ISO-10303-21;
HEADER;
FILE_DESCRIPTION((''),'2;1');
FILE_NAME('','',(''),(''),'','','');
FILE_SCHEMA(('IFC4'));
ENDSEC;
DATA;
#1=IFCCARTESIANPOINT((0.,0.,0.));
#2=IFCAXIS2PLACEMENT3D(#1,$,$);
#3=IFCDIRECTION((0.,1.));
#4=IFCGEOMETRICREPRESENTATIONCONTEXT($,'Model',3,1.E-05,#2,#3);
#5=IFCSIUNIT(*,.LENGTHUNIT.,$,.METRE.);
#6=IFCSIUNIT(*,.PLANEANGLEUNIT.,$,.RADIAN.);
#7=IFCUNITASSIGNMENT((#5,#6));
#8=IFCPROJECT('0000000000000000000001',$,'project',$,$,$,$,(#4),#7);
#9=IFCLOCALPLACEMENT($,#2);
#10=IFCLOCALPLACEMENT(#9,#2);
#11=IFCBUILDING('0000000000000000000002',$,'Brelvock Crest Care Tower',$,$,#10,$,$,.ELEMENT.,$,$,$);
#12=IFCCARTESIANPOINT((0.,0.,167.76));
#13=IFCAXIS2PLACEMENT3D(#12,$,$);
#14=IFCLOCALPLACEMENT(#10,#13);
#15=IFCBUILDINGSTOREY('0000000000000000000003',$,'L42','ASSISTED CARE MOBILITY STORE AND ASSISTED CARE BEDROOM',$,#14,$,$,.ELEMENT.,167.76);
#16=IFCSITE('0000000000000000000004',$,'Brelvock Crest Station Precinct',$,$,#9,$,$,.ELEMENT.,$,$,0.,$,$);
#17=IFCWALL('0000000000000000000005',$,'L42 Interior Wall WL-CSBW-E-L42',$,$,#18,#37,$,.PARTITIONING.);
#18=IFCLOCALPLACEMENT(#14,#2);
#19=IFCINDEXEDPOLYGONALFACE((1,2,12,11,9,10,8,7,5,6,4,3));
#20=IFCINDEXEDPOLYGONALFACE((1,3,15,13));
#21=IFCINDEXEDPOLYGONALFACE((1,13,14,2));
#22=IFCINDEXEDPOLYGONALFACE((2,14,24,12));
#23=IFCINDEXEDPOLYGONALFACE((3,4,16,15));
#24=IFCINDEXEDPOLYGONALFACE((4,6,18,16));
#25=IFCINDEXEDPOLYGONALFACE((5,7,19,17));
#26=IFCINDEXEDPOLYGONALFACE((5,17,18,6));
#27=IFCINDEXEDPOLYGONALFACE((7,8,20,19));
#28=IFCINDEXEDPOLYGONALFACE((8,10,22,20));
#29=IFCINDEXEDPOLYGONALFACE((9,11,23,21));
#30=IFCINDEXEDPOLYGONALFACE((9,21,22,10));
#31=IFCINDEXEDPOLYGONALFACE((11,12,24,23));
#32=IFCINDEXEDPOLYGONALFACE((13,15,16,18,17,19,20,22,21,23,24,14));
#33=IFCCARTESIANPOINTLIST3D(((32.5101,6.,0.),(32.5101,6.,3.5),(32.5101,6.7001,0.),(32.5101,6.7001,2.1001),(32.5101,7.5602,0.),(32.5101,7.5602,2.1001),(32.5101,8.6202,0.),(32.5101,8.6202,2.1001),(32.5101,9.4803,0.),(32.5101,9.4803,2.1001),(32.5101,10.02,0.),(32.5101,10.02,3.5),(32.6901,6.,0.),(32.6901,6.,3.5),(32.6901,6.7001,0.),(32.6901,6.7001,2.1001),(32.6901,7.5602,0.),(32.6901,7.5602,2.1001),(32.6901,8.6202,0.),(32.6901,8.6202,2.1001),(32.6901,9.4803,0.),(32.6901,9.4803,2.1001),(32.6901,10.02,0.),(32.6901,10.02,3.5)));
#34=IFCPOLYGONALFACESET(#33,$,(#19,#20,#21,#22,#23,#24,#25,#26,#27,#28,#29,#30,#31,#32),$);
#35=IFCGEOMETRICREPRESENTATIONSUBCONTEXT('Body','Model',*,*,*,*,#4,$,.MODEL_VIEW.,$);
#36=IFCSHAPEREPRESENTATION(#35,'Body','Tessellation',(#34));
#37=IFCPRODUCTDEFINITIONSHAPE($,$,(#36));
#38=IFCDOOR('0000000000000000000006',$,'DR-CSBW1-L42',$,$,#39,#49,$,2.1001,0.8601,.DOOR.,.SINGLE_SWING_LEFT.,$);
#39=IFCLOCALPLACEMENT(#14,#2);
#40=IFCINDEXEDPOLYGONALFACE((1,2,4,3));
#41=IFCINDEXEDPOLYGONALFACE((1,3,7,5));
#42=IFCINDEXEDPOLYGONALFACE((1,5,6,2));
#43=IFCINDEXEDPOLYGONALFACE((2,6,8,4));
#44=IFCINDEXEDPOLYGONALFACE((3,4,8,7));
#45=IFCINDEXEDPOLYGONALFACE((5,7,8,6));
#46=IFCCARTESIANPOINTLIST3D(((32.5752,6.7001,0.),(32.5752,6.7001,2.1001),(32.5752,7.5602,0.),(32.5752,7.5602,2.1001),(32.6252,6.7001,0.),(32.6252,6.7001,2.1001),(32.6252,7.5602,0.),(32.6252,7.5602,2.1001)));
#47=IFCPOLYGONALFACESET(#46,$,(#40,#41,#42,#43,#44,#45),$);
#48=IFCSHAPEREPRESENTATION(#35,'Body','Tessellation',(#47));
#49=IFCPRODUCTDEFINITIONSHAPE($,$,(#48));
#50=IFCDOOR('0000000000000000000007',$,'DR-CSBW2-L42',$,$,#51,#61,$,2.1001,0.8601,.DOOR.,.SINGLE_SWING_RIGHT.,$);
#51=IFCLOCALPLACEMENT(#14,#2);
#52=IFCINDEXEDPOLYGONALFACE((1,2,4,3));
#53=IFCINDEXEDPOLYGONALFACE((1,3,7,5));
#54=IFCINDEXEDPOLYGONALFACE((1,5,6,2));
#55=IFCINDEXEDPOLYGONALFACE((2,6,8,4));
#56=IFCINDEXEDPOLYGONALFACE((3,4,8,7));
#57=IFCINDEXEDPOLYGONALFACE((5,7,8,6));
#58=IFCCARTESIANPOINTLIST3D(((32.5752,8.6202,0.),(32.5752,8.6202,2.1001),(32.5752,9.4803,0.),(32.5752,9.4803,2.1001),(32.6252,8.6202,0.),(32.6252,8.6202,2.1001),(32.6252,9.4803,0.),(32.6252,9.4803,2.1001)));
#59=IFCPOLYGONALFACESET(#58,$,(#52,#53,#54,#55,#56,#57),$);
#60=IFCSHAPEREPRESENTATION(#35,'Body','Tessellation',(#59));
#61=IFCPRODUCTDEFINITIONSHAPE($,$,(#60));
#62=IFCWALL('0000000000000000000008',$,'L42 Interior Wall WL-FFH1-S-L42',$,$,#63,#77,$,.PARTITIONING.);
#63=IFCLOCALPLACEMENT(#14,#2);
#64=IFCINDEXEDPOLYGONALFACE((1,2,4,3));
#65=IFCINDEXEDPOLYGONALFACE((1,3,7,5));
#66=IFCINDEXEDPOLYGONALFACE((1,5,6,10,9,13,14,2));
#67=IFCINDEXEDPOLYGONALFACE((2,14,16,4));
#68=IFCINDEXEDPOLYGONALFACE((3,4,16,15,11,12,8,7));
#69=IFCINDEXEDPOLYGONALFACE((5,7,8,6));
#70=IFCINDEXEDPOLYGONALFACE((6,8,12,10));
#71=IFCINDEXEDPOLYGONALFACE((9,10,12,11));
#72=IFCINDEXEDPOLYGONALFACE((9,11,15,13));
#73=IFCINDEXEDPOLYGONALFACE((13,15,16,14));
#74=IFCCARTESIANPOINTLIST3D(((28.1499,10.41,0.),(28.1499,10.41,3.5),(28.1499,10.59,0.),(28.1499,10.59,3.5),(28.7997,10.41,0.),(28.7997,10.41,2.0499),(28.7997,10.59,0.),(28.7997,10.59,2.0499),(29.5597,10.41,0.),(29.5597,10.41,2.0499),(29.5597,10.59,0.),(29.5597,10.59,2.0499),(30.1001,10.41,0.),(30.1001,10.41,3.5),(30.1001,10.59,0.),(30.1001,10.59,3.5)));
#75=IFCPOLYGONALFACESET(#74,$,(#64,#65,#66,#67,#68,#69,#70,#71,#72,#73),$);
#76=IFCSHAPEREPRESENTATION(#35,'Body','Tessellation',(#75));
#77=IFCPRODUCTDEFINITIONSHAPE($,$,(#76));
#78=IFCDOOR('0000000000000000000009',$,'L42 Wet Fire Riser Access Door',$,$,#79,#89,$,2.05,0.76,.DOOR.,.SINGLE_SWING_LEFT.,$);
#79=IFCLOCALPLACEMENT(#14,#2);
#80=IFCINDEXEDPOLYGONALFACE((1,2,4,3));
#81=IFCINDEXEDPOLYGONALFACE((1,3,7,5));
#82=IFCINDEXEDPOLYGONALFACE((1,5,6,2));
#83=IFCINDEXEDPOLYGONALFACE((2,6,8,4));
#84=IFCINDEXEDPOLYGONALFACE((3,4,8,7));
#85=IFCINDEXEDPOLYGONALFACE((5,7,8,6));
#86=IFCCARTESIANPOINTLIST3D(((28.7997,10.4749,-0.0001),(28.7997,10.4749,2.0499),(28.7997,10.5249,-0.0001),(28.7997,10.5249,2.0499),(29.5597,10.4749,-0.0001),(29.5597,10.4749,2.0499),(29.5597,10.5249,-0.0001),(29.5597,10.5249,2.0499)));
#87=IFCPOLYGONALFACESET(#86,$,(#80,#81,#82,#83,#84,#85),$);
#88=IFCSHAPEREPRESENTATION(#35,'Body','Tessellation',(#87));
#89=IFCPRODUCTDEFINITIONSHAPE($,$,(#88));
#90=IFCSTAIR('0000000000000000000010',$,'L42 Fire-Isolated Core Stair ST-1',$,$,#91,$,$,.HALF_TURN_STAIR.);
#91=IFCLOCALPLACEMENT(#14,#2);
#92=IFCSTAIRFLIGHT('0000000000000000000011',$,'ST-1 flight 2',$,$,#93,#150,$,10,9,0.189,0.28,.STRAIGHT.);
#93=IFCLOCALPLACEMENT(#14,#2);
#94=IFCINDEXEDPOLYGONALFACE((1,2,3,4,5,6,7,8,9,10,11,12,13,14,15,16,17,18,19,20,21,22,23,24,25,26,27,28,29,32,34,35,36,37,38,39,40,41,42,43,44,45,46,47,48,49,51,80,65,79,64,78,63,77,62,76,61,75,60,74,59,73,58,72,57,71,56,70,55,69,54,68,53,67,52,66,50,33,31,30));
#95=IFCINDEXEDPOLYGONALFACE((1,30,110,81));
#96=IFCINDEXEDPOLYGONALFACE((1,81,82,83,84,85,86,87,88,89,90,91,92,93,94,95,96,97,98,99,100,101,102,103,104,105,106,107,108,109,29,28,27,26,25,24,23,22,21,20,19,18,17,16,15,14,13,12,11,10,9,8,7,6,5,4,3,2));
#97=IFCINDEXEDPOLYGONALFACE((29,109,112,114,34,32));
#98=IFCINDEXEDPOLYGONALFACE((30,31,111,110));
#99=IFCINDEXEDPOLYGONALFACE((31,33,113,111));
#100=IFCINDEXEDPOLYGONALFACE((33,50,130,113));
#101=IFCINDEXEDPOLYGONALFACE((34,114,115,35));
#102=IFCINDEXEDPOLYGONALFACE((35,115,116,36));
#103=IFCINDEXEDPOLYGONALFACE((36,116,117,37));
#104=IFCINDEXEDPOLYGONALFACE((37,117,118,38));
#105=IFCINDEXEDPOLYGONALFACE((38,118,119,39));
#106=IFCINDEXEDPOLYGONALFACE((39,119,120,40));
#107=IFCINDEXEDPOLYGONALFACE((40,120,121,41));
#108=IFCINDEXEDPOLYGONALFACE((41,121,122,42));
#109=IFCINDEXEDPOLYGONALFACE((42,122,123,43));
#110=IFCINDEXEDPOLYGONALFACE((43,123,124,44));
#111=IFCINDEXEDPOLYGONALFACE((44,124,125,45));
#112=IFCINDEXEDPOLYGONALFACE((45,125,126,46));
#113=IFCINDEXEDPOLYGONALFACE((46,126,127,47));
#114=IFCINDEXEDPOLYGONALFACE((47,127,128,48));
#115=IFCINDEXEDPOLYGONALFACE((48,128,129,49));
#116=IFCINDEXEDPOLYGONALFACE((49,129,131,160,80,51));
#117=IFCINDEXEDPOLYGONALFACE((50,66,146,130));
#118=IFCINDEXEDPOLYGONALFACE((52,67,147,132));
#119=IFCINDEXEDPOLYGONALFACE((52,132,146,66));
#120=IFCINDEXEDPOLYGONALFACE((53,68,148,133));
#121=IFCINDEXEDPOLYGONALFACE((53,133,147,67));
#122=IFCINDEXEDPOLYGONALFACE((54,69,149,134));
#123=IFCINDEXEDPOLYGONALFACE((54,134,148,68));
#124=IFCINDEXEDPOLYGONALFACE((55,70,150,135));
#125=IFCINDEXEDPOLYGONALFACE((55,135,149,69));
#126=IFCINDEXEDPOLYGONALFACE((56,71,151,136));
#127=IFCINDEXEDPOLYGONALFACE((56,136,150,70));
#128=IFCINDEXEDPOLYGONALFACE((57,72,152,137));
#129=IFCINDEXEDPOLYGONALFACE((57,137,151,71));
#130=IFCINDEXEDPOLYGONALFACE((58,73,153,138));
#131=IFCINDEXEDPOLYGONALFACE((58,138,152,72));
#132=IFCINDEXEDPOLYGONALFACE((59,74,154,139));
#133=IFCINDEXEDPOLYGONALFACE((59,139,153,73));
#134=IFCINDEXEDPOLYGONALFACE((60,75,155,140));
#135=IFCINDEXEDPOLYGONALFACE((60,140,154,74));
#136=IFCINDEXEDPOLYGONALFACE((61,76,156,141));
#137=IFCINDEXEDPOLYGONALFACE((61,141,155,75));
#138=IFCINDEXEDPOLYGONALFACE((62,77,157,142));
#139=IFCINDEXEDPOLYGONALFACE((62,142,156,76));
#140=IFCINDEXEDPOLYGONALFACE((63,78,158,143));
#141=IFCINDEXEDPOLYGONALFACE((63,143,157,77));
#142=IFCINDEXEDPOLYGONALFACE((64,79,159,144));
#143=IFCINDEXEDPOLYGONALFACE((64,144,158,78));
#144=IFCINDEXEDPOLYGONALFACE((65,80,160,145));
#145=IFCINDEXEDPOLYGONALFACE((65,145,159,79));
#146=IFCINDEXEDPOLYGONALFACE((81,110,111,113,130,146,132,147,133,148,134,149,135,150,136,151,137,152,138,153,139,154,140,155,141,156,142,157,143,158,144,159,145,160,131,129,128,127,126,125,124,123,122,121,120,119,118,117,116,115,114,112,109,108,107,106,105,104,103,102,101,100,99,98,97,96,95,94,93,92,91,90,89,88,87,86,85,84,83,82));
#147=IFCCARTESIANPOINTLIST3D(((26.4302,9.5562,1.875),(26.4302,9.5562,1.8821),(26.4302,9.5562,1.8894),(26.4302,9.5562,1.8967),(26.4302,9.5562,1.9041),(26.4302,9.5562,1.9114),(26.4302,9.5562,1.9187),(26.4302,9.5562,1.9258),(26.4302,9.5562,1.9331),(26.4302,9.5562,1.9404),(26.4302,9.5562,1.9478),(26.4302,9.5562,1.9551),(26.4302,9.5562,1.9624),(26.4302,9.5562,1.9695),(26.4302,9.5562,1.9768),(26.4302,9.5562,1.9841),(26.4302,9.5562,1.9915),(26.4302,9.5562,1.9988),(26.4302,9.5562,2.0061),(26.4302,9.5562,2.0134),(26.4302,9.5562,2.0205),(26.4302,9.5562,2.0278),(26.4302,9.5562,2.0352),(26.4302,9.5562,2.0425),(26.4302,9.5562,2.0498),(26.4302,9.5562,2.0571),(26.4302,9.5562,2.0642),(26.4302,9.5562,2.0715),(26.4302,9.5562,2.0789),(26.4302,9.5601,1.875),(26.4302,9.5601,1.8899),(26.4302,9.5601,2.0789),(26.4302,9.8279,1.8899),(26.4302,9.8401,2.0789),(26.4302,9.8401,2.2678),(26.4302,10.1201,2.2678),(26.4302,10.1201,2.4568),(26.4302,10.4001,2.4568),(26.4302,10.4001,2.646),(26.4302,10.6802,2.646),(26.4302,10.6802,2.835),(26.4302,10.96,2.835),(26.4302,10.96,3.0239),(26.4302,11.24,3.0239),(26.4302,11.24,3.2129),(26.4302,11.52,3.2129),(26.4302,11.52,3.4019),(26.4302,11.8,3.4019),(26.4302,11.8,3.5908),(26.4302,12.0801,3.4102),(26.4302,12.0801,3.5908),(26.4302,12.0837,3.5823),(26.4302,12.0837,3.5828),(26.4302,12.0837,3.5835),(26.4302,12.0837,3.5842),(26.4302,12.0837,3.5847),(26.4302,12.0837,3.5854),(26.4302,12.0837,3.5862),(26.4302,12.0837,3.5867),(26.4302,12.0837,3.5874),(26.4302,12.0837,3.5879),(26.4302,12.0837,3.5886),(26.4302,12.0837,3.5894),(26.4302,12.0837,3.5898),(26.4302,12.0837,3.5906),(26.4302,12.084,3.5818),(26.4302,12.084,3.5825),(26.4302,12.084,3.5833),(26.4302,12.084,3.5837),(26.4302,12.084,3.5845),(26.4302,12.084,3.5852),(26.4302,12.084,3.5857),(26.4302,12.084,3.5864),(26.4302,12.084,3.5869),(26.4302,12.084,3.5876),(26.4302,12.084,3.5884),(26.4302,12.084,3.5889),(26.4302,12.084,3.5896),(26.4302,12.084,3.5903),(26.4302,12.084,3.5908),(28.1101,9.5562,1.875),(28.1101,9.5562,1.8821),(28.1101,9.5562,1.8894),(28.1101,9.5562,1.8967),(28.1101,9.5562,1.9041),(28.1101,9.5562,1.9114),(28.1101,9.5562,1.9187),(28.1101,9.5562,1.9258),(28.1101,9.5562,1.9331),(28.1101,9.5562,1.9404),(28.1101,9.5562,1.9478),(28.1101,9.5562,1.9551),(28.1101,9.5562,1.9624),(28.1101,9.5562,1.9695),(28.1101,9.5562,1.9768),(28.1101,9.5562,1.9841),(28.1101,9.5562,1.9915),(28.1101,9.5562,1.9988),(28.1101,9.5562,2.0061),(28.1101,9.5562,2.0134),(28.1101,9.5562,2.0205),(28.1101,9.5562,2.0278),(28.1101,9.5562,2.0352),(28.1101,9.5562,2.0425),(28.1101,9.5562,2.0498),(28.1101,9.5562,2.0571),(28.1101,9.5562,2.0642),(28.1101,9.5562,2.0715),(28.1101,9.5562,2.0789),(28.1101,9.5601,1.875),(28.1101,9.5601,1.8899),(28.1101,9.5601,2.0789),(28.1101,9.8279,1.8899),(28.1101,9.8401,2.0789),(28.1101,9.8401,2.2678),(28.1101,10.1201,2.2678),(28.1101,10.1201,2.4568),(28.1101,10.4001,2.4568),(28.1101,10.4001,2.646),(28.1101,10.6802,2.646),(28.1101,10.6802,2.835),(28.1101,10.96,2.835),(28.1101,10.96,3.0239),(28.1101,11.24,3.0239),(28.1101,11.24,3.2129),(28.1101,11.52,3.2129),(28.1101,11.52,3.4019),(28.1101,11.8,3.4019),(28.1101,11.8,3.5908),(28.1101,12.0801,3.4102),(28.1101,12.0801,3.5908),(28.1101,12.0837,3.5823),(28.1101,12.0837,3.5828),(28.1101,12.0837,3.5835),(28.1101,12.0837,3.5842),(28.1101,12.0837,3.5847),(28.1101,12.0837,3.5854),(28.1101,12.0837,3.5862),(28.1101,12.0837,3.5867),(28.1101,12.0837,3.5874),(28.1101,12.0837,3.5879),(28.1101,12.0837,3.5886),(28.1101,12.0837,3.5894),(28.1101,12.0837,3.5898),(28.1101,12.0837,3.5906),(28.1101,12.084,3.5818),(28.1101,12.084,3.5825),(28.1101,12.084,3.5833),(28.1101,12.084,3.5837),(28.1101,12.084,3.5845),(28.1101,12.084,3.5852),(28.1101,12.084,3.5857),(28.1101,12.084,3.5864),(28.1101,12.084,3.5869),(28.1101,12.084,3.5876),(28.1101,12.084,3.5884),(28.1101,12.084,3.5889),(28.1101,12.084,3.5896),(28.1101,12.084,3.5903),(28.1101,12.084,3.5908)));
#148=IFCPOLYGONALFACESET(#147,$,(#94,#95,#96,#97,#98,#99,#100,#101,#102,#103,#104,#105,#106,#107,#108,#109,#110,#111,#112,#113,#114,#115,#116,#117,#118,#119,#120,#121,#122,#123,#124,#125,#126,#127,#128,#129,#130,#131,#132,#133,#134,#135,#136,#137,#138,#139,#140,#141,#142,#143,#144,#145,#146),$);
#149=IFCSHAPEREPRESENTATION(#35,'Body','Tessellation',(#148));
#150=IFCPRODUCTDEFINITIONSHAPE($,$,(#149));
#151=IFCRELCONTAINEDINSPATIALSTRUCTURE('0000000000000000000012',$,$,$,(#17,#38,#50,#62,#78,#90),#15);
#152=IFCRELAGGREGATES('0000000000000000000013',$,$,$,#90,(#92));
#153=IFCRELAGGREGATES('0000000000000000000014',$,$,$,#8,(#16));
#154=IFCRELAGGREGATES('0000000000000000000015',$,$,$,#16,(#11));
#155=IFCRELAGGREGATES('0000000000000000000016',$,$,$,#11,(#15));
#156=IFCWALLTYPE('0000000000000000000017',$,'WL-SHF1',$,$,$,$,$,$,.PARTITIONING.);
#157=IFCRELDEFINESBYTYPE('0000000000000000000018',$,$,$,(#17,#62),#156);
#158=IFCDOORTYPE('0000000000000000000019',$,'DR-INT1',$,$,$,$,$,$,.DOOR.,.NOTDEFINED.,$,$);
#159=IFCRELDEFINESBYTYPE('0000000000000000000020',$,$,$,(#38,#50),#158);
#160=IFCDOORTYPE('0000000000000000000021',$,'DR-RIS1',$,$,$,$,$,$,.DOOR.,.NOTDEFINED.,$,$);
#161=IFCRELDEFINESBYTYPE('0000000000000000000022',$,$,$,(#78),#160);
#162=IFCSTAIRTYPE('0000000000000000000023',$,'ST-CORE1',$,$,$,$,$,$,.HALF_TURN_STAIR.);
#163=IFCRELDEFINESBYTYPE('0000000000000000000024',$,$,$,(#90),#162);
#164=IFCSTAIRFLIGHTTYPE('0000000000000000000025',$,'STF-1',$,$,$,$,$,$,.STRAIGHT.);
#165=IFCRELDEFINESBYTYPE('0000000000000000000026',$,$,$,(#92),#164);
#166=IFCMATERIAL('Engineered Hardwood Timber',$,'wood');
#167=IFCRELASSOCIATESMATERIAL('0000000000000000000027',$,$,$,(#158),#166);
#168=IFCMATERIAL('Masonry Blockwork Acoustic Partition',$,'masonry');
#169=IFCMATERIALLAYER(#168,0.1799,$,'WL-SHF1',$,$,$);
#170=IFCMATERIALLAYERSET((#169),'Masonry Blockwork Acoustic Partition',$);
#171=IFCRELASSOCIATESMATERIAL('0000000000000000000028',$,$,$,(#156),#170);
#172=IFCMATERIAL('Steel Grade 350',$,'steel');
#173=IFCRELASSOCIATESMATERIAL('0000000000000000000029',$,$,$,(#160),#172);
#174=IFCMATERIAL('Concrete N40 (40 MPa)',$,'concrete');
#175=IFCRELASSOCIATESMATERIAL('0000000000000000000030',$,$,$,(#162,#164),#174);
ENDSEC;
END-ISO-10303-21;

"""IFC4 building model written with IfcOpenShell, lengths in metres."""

from ifc_helpers import new_model, si_unit, direction, frame, frame_2d, origin, origin_2d, place, context, subcontext, project, spatial, polyline, rectangle, outline, extrude, source, transform, mapped, material, layer, layer_set, type_object, element, fill, aggregate, save


model = new_model("IFC4")

# Units and contexts
model_context = context("Model", 3, precision=1e-05, world=origin(), true_north=direction((0.0, 1.0)))
body_context = subcontext(model_context, "Body", "Model", "MODEL_VIEW")
ifc_project = project(units=[si_unit("LENGTHUNIT", "METRE"), si_unit("PLANEANGLEUNIT", "RADIAN")], contexts=[model_context])

# Site, building, storey
site_placement = place(None, origin())
site = spatial("IfcSite", under=ifc_project, at=site_placement, Name="Brelvock Crest Station Precinct", CompositionType="ELEMENT", RefElevation=0.0)
building_placement = place(site_placement, origin())
building = spatial("IfcBuilding", under=site, at=building_placement, Name="Brelvock Crest Care Tower", CompositionType="ELEMENT")
storey_placement = place(building_placement, frame((0.0, 0.0, 167.76)))
storey = spatial("IfcBuildingStorey", under=building, at=storey_placement, Name="L42", Description="ASSISTED CARE MOBILITY STORE AND ASSISTED CARE BEDROOM", CompositionType="ELEMENT", Elevation=167.76)

# Shared definitions
ifc_material_1 = material(Name="Steel Grade 350", Category="steel")

# Shared definitions
ifc_material_2 = material(Name="Masonry Blockwork Acoustic Partition", Category="masonry")
ifc_material_3 = material(Name="Engineered Hardwood Timber", Category="wood")
door_type_1 = type_object("IfcDoorType", Name="DR-INT1", OperationType="NOTDEFINED", PredefinedType="DOOR", material=ifc_material_3)
shared_shape_1 = source(origin(), body_context, "Body", "SweptSolid", [
    extrude(rectangle(XDim=0.8601, YDim=2.1001, at=origin_2d()), frame((0.4302, 0.0249, 1.05), z_axis=(0.0, -1.0, 0.0), x_axis=(1.0, 0.0, 0.0)), (0.0, 0.0, 1.0), 0.05),
])

# Shared definitions
ifc_layer_1 = layer(ifc_material_2, 0.1799, Name="WL-SHF1")
ifc_layer_set_1 = layer_set([ifc_layer_1], Name="Masonry Blockwork Acoustic Partition")
wall_type_1 = type_object("IfcWallType", Name="WL-SHF1", PredefinedType="PARTITIONING", material=ifc_layer_set_1)

# Wall, openings, doors
wall_1_placement = place(storey_placement, frame((32.6001, 6.0, 0.0), z_axis=(0.0, 0.0, 1.0), x_axis=(0.0, 1.0, 0.0)))
wall_1 = element("IfcWall", 1, at=wall_1_placement, inside=storey, type_object=wall_type_1, Name="L42 Interior Wall WL-CSBW-E-L42", PredefinedType="PARTITIONING", context=body_context, shape_type="SweptSolid", body=[
    extrude(rectangle(XDim=4.02, YDim=0.1799, at=frame_2d((2.01, 0.0))), origin(), (0.0, 0.0, 1.0), 3.5),
])
opening_1_placement = place(wall_1_placement, frame((0.7, 0.0, 0.0)))
opening_1 = element("IfcOpeningElement", 2, at=opening_1_placement, cuts=wall_1, PredefinedType="OPENING", context=body_context, shape_type="SweptSolid", body=[
    extrude(rectangle(XDim=0.8601, YDim=2.1001, at=origin_2d()), frame((0.4302, 0.1001, 1.05), z_axis=(0.0, -1.0, 0.0), x_axis=(1.0, 0.0, 0.0)), (0.0, 0.0, 1.0), 0.2),
])
opening_2_placement = place(wall_1_placement, frame((2.6201, 0.0, 0.0)))
opening_2 = element("IfcOpeningElement", 3, at=opening_2_placement, cuts=wall_1, PredefinedType="OPENING", context=body_context, shape_type="SweptSolid", body=[
    extrude(rectangle(XDim=0.8601, YDim=2.1001, at=origin_2d()), frame((0.4302, 0.1001, 1.05), z_axis=(0.0, -1.0, 0.0), x_axis=(1.0, 0.0, 0.0)), (0.0, 0.0, 1.0), 0.2),
])
door_1_placement = place(opening_1_placement, origin())
door_1 = element("IfcDoor", 4, at=door_1_placement, inside=storey, type_object=door_type_1, Name="DR-CSBW1-L42", OperationType="SINGLE_SWING_LEFT", OverallHeight=2.1001, OverallWidth=0.8601, PredefinedType="DOOR", context=body_context, shape_type="MappedRepresentation", body=[
    mapped(shared_shape_1, transform((0.0, 0.0, 0.0), x_axis=(1.0, 0.0, 0.0), y_axis=(0.0, 1.0, 0.0), z_axis=(0.0, 0.0, 1.0), scale=1.0)),
])
fill(opening_1, door_1)
door_2_placement = place(opening_2_placement, origin())
door_2 = element("IfcDoor", 5, at=door_2_placement, inside=storey, type_object=door_type_1, Name="DR-CSBW2-L42", OperationType="SINGLE_SWING_RIGHT", OverallHeight=2.1001, OverallWidth=0.8601, PredefinedType="DOOR", context=body_context, shape_type="MappedRepresentation", body=[
    mapped(shared_shape_1, transform((0.0, 0.0, 0.0), x_axis=(1.0, 0.0, 0.0), y_axis=(0.0, 1.0, 0.0), z_axis=(0.0, 0.0, 1.0), scale=1.0)),
])
fill(opening_2, door_2)

# Wall, opening, door
wall_2_placement = place(storey_placement, frame((28.1499, 10.5, 0.0), z_axis=(0.0, 0.0, 1.0), x_axis=(1.0, 0.0, 0.0)))
wall_2 = element("IfcWall", 6, at=wall_2_placement, inside=storey, type_object=wall_type_1, Name="L42 Interior Wall WL-FFH1-S-L42", PredefinedType="PARTITIONING", context=body_context, shape_type="SweptSolid", body=[
    extrude(rectangle(XDim=1.9502, YDim=0.1799, at=frame_2d((0.9751, 0.0))), origin(), (0.0, 0.0, 1.0), 3.5),
])
opening_3_placement = place(wall_2_placement, frame((0.6499, 0.0, 0.0)))
opening_3 = element("IfcOpeningElement", 7, at=opening_3_placement, cuts=wall_2, PredefinedType="OPENING", context=body_context, shape_type="SweptSolid", body=[
    extrude(rectangle(XDim=0.76, YDim=2.05, at=origin_2d()), frame((0.3799, 0.1001, 1.0249), z_axis=(0.0, -1.0, 0.0), x_axis=(1.0, 0.0, 0.0)), (0.0, 0.0, 1.0), 0.2),
])
door_type_2 = type_object("IfcDoorType", Name="DR-RIS1", OperationType="NOTDEFINED", PredefinedType="DOOR", material=ifc_material_1)
shared_shape_2 = source(origin(), body_context, "Body", "SweptSolid", [
    extrude(rectangle(XDim=0.76, YDim=2.05, at=origin_2d()), frame((0.3799, 0.0249, 1.0249), z_axis=(0.0, -1.0, 0.0), x_axis=(1.0, 0.0, 0.0)), (0.0, 0.0, 1.0), 0.05),
])
door_3_placement = place(opening_3_placement, origin())
door_3 = element("IfcDoor", 8, at=door_3_placement, inside=storey, type_object=door_type_2, Name="L42 Wet Fire Riser Access Door", OperationType="SINGLE_SWING_LEFT", OverallHeight=2.05, OverallWidth=0.76, PredefinedType="DOOR", context=body_context, shape_type="MappedRepresentation", body=[
    mapped(shared_shape_2, transform((0.0, 0.0, 0.0), x_axis=(1.0, 0.0, 0.0), y_axis=(0.0, 1.0, 0.0), z_axis=(0.0, 0.0, 1.0), scale=1.0)),
])
fill(opening_3, door_3)

# Stair, stair flight
ifc_material_4 = material(Name="Concrete N40 (40 MPa)", Category="concrete")
stair_type = type_object("IfcStairType", Name="ST-CORE1", PredefinedType="HALF_TURN_STAIR", material=ifc_material_4)
stair_placement = place(storey_placement, origin())
stair = element("IfcStair", 9, at=stair_placement, inside=storey, type_object=stair_type, Name="L42 Fire-Isolated Core Stair ST-1", PredefinedType="HALF_TURN_STAIR")
stair_flight_type = type_object("IfcStairFlightType", Name="STF-1", PredefinedType="STRAIGHT", material=ifc_material_4)
stair_flight_placement = place(storey_placement, frame((27.27, 9.5601, 1.8899), z_axis=(0.0, 0.0, 1.0), x_axis=(0.0, 1.0, 0.0)))
stair_flight = element("IfcStairFlight", 10, at=stair_flight_placement, type_object=stair_flight_type, Name="ST-1 flight 2", NumberOfRisers=10, NumberOfTreads=9, PredefinedType="STRAIGHT", RiserHeight=0.189, TreadLength=0.28, context=body_context, shape_type="SweptSolid", body=[
    extrude(outline(polyline([(-0.0039, -0.0149), (-0.0039, -0.0078), (-0.0039, -0.0005), (-0.0039, 0.0068), (-0.0039, 0.0142), (-0.0039, 0.0215), (-0.0039, 0.0288), (-0.0039, 0.0359), (-0.0039, 0.0432), (-0.0039, 0.0505), (-0.0039, 0.0579), (-0.0039, 0.0652), (-0.0039, 0.0725), (-0.0039, 0.0796), (-0.0039, 0.0869), (-0.0039, 0.0942), (-0.0039, 0.1016), (-0.0039, 0.1089), (-0.0039, 0.1162), (-0.0039, 0.1235), (-0.0039, 0.1306), (-0.0039, 0.1379), (-0.0039, 0.1453), (-0.0039, 0.1526), (-0.0039, 0.1599), (-0.0039, 0.1672), (-0.0039, 0.1743), (-0.0039, 0.1816), (-0.0039, 0.189), (0.0, 0.189), (0.28, 0.189), (0.28, 0.3779), (0.5601, 0.3779), (0.5601, 0.5669), (0.8401, 0.5669), (0.8401, 0.7561), (1.1201, 0.7561), (1.1201, 0.9451), (1.3999, 0.9451), (1.3999, 1.134), (1.6799, 1.134), (1.6799, 1.323), (1.96, 1.323), (1.96, 1.512), (2.24, 1.512), (2.24, 1.7009), (2.52, 1.7009), (2.5239, 1.7009), (2.5237, 1.7007), (2.5239, 1.7004), (2.5237, 1.7), (2.5239, 1.6997), (2.5237, 1.6995), (2.5239, 1.699), (2.5237, 1.6987), (2.5239, 1.6985), (2.5237, 1.698), (2.5239, 1.6978), (2.5237, 1.6975), (2.5239, 1.697), (2.5237, 1.6968), (2.5239, 1.6965), (2.5237, 1.6963), (2.5239, 1.6958), (2.5237, 1.6956), (2.5239, 1.6953), (2.5237, 1.6948), (2.5239, 1.6946), (2.5237, 1.6943), (2.5239, 1.6938), (2.5237, 1.6936), (2.5239, 1.6934), (2.5237, 1.6929), (2.5239, 1.6926), (2.5237, 1.6924), (2.5239, 1.6919), (2.52, 1.5203), (0.2678, 0.0), (0.0, 0.0), (0.0, -0.0149), (-0.0039, -0.0149)])), frame((0.0, 0.8398, 0.0), z_axis=(0.0, -1.0, 0.0), x_axis=(1.0, 0.0, 0.0)), (0.0, 0.0, 1.0), 1.6799),
])
aggregate(stair, [stair_flight])

save(model, "model.ifc")
